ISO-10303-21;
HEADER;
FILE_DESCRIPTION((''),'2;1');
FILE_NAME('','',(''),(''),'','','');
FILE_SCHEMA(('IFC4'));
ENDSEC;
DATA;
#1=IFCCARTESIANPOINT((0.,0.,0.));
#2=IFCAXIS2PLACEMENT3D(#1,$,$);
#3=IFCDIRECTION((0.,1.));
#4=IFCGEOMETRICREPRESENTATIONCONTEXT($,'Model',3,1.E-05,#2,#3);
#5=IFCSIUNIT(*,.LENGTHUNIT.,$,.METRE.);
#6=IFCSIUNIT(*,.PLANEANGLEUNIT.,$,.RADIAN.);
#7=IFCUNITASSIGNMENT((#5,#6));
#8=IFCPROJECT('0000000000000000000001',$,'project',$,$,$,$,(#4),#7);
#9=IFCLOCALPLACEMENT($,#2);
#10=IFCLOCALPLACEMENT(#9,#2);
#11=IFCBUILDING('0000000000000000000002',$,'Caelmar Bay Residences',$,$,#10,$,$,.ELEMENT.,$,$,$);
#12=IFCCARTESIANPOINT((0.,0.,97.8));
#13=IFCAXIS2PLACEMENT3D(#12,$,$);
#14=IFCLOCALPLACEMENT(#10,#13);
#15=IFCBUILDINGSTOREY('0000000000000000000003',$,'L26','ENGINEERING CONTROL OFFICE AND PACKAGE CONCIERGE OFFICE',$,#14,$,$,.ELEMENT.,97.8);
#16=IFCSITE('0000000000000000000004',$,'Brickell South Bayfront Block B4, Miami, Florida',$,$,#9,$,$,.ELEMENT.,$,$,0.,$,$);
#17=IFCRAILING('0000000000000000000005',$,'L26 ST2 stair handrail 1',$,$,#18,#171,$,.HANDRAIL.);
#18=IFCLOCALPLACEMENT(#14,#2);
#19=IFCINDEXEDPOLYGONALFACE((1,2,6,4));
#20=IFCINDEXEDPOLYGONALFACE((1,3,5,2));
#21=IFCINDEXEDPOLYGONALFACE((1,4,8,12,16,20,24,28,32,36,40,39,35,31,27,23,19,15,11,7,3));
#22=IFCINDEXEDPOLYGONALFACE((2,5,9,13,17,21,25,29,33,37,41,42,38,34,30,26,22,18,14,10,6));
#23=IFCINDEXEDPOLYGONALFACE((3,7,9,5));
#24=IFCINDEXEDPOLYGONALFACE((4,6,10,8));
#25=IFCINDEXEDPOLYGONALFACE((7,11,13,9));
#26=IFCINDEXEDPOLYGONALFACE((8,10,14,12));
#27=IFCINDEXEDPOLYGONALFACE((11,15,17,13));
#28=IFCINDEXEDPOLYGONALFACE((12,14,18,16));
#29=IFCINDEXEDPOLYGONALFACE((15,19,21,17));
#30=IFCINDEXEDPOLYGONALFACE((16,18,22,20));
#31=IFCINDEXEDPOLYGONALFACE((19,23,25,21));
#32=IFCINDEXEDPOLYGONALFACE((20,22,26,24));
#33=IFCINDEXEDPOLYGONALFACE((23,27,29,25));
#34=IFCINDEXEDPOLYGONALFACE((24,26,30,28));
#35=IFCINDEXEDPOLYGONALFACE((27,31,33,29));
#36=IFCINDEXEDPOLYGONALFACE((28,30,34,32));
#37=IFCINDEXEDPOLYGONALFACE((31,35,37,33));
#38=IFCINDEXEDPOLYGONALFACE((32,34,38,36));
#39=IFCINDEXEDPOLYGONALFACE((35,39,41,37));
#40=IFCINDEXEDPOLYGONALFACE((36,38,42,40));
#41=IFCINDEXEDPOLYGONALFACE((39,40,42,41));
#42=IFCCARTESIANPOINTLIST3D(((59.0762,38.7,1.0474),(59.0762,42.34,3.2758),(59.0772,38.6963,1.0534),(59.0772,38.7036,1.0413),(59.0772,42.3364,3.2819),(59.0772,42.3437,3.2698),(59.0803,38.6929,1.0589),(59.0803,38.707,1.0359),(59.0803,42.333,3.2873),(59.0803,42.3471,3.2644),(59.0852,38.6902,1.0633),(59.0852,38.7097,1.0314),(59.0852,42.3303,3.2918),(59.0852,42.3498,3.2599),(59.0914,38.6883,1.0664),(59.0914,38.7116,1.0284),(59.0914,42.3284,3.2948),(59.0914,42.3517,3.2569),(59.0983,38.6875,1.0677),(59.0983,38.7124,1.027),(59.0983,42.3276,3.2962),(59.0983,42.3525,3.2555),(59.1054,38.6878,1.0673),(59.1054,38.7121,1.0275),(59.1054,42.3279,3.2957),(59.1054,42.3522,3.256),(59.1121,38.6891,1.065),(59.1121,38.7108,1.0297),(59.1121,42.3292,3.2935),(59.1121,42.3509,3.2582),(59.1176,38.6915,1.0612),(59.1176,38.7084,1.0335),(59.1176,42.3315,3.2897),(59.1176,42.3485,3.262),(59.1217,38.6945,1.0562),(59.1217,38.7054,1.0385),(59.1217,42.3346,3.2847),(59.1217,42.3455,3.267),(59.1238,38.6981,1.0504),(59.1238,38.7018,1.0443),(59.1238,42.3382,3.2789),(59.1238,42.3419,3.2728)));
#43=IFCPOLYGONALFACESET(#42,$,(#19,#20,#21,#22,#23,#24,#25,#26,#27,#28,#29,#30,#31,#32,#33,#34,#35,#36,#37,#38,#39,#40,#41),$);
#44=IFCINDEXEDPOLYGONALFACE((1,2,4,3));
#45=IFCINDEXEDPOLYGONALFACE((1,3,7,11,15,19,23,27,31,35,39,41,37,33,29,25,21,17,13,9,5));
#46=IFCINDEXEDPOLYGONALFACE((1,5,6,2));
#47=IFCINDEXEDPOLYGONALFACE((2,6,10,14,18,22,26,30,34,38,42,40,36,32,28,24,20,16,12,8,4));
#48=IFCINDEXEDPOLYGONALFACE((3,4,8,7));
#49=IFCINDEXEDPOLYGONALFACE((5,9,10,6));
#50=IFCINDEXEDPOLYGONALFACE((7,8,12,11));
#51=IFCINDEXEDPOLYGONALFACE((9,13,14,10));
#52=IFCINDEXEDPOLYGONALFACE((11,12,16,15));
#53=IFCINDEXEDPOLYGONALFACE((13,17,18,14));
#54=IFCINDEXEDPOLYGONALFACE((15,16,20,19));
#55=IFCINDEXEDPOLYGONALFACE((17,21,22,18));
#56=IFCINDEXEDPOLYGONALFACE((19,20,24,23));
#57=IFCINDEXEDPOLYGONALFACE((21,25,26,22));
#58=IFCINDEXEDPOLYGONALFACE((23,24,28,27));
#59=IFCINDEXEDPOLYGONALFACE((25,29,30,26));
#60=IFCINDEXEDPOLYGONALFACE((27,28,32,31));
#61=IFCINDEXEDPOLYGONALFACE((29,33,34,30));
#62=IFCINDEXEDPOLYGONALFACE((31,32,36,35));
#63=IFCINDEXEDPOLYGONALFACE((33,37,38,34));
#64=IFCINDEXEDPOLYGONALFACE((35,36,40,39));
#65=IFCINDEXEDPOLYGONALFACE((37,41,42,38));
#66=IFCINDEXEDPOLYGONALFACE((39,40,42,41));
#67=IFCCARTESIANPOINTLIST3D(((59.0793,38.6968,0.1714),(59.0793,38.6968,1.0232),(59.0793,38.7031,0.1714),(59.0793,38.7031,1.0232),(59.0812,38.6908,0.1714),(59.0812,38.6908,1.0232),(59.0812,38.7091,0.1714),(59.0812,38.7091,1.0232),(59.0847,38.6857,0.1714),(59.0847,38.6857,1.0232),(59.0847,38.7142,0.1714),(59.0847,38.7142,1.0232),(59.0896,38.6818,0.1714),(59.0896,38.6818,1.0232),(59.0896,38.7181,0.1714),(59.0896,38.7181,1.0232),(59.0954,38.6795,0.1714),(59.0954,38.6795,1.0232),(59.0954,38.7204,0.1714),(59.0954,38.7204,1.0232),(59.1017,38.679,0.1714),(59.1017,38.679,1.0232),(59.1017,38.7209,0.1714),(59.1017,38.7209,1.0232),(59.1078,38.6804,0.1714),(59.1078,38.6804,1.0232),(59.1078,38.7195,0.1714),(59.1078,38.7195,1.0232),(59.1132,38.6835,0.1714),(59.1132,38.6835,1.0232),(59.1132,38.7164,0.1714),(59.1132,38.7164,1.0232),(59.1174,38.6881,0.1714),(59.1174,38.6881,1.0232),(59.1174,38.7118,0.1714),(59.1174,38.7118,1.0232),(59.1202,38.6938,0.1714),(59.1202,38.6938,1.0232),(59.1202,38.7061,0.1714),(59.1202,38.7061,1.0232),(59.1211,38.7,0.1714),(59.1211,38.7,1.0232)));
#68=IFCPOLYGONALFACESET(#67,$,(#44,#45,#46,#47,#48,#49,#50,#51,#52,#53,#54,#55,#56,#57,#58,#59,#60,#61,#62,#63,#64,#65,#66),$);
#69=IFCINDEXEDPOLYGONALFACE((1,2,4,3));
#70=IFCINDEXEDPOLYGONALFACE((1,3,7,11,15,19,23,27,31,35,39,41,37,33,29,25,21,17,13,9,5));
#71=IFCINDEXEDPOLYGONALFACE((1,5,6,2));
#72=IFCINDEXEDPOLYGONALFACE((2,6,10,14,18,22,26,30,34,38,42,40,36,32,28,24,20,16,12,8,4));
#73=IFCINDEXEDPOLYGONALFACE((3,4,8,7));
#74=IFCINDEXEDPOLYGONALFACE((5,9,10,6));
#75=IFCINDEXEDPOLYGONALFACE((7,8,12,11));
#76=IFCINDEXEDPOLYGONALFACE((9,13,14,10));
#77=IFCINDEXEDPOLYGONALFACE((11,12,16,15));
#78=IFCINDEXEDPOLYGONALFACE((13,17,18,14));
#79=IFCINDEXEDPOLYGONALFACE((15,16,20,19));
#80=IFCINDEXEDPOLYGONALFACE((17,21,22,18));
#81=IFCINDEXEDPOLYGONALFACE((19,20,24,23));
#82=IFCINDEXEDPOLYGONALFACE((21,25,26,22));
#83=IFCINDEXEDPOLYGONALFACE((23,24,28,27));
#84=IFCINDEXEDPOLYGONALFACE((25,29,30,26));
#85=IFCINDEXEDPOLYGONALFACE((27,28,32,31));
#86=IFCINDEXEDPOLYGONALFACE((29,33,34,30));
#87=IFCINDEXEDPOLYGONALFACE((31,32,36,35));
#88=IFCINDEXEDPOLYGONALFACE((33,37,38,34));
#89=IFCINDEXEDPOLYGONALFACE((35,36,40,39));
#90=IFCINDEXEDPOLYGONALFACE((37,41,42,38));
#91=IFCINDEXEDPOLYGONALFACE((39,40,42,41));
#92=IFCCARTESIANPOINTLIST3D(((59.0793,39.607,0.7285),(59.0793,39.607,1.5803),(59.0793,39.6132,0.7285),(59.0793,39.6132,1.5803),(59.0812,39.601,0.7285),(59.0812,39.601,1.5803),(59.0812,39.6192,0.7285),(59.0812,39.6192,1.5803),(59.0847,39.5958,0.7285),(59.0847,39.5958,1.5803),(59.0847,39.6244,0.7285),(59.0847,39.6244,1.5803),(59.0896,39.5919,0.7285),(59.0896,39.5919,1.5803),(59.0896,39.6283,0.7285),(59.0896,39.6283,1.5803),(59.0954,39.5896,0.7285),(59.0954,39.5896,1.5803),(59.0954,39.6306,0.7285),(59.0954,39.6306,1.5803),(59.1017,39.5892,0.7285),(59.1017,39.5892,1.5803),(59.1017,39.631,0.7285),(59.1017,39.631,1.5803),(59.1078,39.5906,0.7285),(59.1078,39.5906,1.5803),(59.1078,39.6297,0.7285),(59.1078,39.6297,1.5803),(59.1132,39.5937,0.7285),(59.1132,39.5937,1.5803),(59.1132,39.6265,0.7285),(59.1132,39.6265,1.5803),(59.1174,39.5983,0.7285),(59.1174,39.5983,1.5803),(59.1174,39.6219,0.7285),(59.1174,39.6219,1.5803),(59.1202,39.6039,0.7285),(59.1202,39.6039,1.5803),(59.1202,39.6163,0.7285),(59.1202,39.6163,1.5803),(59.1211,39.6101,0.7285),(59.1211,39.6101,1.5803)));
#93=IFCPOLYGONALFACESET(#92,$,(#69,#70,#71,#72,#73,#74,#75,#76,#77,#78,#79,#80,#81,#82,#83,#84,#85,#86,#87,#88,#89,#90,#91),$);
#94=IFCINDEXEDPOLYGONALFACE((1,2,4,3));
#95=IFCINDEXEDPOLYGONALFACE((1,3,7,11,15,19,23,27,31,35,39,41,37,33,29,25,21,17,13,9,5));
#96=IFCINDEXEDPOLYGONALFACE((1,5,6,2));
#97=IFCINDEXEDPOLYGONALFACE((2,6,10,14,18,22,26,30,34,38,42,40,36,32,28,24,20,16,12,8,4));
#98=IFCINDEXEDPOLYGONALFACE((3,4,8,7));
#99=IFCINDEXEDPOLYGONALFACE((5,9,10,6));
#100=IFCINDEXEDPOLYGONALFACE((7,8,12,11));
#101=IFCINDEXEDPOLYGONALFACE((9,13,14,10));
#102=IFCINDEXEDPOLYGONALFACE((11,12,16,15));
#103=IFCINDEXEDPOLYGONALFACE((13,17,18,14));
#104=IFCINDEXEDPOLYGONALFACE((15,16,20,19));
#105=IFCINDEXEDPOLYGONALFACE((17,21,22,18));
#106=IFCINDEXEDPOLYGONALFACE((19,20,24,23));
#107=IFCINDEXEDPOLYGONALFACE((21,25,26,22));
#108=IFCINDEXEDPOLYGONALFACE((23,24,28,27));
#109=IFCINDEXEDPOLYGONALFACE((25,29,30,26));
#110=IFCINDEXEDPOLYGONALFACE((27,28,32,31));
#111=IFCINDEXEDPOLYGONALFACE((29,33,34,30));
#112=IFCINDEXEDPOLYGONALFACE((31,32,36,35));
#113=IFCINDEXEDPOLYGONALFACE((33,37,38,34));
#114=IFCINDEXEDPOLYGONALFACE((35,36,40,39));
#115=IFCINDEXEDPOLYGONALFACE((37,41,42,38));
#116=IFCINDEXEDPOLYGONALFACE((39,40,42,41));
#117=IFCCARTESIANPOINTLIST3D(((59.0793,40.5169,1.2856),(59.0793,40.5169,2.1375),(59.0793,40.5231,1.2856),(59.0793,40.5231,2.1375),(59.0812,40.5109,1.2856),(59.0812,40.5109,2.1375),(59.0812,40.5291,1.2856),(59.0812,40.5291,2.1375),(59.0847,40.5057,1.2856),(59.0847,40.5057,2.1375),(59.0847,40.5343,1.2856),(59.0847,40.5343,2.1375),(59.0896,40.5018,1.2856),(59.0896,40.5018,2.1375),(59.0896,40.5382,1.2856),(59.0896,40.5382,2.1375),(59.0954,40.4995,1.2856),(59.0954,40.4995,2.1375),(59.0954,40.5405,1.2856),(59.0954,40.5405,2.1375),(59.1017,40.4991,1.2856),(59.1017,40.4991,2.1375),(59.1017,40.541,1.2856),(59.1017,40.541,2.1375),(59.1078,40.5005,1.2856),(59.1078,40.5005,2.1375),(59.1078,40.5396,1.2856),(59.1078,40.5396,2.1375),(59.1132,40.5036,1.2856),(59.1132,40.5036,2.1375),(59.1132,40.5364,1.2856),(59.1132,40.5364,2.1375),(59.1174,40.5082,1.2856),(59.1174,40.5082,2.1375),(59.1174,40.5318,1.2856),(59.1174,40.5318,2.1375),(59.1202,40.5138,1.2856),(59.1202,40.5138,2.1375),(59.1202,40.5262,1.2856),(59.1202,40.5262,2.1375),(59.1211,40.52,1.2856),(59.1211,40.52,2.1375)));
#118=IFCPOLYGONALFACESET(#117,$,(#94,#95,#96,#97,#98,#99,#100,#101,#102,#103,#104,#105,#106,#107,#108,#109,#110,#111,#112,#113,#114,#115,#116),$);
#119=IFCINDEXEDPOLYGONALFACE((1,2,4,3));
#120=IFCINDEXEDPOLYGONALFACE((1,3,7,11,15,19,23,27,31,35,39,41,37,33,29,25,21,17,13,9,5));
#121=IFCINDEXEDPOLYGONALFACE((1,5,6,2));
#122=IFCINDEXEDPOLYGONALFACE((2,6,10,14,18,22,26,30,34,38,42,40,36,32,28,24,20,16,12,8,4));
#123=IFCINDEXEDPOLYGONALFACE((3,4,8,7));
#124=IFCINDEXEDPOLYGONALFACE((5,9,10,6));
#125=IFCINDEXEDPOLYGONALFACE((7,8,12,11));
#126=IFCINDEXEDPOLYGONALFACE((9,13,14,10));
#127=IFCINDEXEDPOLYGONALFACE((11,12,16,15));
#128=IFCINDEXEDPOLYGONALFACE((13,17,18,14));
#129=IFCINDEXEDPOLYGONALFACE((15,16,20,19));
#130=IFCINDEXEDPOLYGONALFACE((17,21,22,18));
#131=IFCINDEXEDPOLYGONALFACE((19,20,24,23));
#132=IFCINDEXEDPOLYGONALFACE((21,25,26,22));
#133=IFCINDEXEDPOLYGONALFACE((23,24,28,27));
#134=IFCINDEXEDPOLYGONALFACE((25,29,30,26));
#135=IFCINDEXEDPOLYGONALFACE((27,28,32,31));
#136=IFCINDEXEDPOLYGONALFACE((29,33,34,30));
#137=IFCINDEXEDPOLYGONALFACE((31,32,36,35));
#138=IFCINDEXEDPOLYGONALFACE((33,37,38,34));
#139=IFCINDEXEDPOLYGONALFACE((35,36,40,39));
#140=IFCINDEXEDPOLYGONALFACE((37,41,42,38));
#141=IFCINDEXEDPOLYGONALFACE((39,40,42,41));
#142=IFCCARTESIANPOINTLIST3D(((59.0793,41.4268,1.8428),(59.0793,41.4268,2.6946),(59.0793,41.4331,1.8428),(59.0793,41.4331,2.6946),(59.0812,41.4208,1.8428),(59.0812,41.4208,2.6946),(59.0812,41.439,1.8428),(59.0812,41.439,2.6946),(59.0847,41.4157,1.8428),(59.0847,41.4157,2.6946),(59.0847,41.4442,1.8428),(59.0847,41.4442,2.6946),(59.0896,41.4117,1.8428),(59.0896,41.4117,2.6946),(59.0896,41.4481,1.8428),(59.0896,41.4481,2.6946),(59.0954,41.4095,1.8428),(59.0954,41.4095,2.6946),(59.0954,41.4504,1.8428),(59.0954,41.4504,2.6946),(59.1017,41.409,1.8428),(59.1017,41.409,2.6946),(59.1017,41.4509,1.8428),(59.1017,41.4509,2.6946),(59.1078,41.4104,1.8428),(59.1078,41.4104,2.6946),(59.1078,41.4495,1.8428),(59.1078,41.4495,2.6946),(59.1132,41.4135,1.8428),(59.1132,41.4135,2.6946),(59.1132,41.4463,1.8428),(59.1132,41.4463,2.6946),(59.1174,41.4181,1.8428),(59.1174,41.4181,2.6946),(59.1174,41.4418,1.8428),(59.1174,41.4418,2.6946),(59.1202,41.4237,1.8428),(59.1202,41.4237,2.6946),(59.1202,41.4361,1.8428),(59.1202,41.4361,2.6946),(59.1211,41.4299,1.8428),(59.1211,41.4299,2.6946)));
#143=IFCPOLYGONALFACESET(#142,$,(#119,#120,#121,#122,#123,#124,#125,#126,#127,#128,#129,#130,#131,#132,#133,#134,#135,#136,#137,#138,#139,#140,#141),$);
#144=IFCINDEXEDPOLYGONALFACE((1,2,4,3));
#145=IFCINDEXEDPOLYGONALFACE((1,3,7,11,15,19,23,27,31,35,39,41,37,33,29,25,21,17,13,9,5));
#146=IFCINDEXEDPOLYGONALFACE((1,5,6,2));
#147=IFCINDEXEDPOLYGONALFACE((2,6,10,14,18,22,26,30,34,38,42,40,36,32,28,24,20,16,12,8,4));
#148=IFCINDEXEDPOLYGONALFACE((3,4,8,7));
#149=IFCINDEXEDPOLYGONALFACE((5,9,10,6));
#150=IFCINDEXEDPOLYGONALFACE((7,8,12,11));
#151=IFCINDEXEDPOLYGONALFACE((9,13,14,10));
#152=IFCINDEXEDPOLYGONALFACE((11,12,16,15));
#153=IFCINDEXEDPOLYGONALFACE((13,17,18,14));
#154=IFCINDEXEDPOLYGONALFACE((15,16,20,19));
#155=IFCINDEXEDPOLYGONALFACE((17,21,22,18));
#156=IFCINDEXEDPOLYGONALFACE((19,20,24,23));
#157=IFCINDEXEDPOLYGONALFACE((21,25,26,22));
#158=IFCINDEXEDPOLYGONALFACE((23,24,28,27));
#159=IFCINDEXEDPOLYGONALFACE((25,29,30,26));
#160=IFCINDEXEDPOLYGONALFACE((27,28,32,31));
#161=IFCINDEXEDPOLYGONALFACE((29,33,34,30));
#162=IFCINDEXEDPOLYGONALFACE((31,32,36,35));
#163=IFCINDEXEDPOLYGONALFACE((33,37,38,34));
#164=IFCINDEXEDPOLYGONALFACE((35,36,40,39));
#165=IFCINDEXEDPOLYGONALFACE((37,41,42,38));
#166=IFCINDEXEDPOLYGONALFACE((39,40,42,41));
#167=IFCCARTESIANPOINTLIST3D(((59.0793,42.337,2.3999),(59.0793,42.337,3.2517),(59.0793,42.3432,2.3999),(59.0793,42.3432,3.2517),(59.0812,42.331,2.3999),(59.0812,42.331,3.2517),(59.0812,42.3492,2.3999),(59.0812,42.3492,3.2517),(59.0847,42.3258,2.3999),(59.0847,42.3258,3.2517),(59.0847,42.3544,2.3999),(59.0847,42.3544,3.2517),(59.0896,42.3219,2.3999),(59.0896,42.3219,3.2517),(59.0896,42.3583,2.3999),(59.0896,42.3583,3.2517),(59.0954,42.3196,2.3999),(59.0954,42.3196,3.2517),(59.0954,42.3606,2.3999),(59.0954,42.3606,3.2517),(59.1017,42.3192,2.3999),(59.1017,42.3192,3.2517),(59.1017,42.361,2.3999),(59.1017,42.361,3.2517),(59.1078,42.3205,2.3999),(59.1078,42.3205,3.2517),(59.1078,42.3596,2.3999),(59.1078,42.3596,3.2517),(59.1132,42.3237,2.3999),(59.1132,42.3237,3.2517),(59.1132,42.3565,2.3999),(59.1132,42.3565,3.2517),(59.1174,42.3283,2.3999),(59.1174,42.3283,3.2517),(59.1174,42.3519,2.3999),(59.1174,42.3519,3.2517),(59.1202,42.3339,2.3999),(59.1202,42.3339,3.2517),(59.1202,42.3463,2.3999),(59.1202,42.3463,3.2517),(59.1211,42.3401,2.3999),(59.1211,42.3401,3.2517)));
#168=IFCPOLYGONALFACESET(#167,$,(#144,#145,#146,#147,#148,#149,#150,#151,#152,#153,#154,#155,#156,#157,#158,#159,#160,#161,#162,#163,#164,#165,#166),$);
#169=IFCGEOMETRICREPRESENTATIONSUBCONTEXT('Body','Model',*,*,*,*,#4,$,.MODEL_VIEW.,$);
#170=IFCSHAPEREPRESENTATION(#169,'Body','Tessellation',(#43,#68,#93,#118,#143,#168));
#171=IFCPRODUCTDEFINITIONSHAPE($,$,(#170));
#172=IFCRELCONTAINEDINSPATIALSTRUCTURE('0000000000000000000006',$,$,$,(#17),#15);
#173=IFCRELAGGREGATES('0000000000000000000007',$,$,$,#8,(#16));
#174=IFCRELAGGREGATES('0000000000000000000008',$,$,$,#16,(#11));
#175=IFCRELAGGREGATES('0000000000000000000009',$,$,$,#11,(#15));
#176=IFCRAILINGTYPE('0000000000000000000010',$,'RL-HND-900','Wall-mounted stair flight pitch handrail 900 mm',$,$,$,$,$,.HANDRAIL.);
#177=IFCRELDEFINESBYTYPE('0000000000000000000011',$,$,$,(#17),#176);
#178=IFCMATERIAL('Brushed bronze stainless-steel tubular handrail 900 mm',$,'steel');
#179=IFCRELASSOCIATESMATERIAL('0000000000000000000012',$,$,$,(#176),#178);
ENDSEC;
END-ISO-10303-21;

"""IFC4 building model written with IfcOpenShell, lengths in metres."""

from ifc_helpers import new_model, si_unit, direction, frame, origin, origin_2d, place, context, subcontext, project, spatial, circle, extrude, material, type_object, element, save


model = new_model("IFC4")

# Units and contexts
model_context = context("Model", 3, precision=1e-05, world=origin(), true_north=direction((0.0, 1.0)))
body_context = subcontext(model_context, "Body", "Model", "MODEL_VIEW")
ifc_project = project(units=[si_unit("LENGTHUNIT", "METRE"), si_unit("PLANEANGLEUNIT", "RADIAN")], contexts=[model_context])

# Site, building, storey
site_placement = place(None, origin())
site = spatial("IfcSite", under=ifc_project, at=site_placement, Name="Brickell South Bayfront Block B4, Miami, Florida", CompositionType="ELEMENT", RefElevation=0.0)
building_placement = place(site_placement, origin())
building = spatial("IfcBuilding", under=site, at=building_placement, Name="Caelmar Bay Residences", CompositionType="ELEMENT")
storey_placement = place(building_placement, frame((0.0, 0.0, 97.8)))
storey = spatial("IfcBuildingStorey", under=building, at=storey_placement, Name="L26", Description="ENGINEERING CONTROL OFFICE AND PACKAGE CONCIERGE OFFICE", CompositionType="ELEMENT", Elevation=97.8)

# Railing
ifc_material_1 = material(Name="Brushed bronze stainless-steel tubular handrail 900 mm", Category="steel")
railing_type_1 = type_object("IfcRailingType", Name="RL-HND-900", Description="Wall-mounted stair flight pitch handrail 900 mm", PredefinedType="HANDRAIL", material=ifc_material_1)
railing_1_placement = place(storey_placement, frame((59.1001, 38.7, 0.1714)))
element("IfcRailing", 1, at=railing_1_placement, inside=storey, type_object=railing_type_1, Name="L26 ST2 stair handrail 1", PredefinedType="HANDRAIL", context=body_context, shape_type="SweptSolid", body=[
    extrude(circle(Radius=0.0239, at=origin_2d()), frame((0.0, 0.0, 0.876), z_axis=(0.0, 0.852866, 0.52213), x_axis=(-1.0, 0.0, 0.0)), (0.0, 0.0, 1.0), 4.2681),
    extrude(circle(Radius=0.021, at=origin_2d()), origin(), (0.0, 0.0, 1.0), 0.8518),
    extrude(circle(Radius=0.021, at=origin_2d()), frame((0.0, 0.9102, 0.5571)), (0.0, 0.0, 1.0), 0.8518),
    extrude(circle(Radius=0.021, at=origin_2d()), frame((0.0, 1.8201, 1.1143)), (0.0, 0.0, 1.0), 0.8518),
    extrude(circle(Radius=0.021, at=origin_2d()), frame((0.0, 2.73, 1.6714)), (0.0, 0.0, 1.0), 0.8518),
    extrude(circle(Radius=0.021, at=origin_2d()), frame((0.0, 3.6401, 2.2285)), (0.0, 0.0, 1.0), 0.8518),
])

save(model, "model.ifc")
